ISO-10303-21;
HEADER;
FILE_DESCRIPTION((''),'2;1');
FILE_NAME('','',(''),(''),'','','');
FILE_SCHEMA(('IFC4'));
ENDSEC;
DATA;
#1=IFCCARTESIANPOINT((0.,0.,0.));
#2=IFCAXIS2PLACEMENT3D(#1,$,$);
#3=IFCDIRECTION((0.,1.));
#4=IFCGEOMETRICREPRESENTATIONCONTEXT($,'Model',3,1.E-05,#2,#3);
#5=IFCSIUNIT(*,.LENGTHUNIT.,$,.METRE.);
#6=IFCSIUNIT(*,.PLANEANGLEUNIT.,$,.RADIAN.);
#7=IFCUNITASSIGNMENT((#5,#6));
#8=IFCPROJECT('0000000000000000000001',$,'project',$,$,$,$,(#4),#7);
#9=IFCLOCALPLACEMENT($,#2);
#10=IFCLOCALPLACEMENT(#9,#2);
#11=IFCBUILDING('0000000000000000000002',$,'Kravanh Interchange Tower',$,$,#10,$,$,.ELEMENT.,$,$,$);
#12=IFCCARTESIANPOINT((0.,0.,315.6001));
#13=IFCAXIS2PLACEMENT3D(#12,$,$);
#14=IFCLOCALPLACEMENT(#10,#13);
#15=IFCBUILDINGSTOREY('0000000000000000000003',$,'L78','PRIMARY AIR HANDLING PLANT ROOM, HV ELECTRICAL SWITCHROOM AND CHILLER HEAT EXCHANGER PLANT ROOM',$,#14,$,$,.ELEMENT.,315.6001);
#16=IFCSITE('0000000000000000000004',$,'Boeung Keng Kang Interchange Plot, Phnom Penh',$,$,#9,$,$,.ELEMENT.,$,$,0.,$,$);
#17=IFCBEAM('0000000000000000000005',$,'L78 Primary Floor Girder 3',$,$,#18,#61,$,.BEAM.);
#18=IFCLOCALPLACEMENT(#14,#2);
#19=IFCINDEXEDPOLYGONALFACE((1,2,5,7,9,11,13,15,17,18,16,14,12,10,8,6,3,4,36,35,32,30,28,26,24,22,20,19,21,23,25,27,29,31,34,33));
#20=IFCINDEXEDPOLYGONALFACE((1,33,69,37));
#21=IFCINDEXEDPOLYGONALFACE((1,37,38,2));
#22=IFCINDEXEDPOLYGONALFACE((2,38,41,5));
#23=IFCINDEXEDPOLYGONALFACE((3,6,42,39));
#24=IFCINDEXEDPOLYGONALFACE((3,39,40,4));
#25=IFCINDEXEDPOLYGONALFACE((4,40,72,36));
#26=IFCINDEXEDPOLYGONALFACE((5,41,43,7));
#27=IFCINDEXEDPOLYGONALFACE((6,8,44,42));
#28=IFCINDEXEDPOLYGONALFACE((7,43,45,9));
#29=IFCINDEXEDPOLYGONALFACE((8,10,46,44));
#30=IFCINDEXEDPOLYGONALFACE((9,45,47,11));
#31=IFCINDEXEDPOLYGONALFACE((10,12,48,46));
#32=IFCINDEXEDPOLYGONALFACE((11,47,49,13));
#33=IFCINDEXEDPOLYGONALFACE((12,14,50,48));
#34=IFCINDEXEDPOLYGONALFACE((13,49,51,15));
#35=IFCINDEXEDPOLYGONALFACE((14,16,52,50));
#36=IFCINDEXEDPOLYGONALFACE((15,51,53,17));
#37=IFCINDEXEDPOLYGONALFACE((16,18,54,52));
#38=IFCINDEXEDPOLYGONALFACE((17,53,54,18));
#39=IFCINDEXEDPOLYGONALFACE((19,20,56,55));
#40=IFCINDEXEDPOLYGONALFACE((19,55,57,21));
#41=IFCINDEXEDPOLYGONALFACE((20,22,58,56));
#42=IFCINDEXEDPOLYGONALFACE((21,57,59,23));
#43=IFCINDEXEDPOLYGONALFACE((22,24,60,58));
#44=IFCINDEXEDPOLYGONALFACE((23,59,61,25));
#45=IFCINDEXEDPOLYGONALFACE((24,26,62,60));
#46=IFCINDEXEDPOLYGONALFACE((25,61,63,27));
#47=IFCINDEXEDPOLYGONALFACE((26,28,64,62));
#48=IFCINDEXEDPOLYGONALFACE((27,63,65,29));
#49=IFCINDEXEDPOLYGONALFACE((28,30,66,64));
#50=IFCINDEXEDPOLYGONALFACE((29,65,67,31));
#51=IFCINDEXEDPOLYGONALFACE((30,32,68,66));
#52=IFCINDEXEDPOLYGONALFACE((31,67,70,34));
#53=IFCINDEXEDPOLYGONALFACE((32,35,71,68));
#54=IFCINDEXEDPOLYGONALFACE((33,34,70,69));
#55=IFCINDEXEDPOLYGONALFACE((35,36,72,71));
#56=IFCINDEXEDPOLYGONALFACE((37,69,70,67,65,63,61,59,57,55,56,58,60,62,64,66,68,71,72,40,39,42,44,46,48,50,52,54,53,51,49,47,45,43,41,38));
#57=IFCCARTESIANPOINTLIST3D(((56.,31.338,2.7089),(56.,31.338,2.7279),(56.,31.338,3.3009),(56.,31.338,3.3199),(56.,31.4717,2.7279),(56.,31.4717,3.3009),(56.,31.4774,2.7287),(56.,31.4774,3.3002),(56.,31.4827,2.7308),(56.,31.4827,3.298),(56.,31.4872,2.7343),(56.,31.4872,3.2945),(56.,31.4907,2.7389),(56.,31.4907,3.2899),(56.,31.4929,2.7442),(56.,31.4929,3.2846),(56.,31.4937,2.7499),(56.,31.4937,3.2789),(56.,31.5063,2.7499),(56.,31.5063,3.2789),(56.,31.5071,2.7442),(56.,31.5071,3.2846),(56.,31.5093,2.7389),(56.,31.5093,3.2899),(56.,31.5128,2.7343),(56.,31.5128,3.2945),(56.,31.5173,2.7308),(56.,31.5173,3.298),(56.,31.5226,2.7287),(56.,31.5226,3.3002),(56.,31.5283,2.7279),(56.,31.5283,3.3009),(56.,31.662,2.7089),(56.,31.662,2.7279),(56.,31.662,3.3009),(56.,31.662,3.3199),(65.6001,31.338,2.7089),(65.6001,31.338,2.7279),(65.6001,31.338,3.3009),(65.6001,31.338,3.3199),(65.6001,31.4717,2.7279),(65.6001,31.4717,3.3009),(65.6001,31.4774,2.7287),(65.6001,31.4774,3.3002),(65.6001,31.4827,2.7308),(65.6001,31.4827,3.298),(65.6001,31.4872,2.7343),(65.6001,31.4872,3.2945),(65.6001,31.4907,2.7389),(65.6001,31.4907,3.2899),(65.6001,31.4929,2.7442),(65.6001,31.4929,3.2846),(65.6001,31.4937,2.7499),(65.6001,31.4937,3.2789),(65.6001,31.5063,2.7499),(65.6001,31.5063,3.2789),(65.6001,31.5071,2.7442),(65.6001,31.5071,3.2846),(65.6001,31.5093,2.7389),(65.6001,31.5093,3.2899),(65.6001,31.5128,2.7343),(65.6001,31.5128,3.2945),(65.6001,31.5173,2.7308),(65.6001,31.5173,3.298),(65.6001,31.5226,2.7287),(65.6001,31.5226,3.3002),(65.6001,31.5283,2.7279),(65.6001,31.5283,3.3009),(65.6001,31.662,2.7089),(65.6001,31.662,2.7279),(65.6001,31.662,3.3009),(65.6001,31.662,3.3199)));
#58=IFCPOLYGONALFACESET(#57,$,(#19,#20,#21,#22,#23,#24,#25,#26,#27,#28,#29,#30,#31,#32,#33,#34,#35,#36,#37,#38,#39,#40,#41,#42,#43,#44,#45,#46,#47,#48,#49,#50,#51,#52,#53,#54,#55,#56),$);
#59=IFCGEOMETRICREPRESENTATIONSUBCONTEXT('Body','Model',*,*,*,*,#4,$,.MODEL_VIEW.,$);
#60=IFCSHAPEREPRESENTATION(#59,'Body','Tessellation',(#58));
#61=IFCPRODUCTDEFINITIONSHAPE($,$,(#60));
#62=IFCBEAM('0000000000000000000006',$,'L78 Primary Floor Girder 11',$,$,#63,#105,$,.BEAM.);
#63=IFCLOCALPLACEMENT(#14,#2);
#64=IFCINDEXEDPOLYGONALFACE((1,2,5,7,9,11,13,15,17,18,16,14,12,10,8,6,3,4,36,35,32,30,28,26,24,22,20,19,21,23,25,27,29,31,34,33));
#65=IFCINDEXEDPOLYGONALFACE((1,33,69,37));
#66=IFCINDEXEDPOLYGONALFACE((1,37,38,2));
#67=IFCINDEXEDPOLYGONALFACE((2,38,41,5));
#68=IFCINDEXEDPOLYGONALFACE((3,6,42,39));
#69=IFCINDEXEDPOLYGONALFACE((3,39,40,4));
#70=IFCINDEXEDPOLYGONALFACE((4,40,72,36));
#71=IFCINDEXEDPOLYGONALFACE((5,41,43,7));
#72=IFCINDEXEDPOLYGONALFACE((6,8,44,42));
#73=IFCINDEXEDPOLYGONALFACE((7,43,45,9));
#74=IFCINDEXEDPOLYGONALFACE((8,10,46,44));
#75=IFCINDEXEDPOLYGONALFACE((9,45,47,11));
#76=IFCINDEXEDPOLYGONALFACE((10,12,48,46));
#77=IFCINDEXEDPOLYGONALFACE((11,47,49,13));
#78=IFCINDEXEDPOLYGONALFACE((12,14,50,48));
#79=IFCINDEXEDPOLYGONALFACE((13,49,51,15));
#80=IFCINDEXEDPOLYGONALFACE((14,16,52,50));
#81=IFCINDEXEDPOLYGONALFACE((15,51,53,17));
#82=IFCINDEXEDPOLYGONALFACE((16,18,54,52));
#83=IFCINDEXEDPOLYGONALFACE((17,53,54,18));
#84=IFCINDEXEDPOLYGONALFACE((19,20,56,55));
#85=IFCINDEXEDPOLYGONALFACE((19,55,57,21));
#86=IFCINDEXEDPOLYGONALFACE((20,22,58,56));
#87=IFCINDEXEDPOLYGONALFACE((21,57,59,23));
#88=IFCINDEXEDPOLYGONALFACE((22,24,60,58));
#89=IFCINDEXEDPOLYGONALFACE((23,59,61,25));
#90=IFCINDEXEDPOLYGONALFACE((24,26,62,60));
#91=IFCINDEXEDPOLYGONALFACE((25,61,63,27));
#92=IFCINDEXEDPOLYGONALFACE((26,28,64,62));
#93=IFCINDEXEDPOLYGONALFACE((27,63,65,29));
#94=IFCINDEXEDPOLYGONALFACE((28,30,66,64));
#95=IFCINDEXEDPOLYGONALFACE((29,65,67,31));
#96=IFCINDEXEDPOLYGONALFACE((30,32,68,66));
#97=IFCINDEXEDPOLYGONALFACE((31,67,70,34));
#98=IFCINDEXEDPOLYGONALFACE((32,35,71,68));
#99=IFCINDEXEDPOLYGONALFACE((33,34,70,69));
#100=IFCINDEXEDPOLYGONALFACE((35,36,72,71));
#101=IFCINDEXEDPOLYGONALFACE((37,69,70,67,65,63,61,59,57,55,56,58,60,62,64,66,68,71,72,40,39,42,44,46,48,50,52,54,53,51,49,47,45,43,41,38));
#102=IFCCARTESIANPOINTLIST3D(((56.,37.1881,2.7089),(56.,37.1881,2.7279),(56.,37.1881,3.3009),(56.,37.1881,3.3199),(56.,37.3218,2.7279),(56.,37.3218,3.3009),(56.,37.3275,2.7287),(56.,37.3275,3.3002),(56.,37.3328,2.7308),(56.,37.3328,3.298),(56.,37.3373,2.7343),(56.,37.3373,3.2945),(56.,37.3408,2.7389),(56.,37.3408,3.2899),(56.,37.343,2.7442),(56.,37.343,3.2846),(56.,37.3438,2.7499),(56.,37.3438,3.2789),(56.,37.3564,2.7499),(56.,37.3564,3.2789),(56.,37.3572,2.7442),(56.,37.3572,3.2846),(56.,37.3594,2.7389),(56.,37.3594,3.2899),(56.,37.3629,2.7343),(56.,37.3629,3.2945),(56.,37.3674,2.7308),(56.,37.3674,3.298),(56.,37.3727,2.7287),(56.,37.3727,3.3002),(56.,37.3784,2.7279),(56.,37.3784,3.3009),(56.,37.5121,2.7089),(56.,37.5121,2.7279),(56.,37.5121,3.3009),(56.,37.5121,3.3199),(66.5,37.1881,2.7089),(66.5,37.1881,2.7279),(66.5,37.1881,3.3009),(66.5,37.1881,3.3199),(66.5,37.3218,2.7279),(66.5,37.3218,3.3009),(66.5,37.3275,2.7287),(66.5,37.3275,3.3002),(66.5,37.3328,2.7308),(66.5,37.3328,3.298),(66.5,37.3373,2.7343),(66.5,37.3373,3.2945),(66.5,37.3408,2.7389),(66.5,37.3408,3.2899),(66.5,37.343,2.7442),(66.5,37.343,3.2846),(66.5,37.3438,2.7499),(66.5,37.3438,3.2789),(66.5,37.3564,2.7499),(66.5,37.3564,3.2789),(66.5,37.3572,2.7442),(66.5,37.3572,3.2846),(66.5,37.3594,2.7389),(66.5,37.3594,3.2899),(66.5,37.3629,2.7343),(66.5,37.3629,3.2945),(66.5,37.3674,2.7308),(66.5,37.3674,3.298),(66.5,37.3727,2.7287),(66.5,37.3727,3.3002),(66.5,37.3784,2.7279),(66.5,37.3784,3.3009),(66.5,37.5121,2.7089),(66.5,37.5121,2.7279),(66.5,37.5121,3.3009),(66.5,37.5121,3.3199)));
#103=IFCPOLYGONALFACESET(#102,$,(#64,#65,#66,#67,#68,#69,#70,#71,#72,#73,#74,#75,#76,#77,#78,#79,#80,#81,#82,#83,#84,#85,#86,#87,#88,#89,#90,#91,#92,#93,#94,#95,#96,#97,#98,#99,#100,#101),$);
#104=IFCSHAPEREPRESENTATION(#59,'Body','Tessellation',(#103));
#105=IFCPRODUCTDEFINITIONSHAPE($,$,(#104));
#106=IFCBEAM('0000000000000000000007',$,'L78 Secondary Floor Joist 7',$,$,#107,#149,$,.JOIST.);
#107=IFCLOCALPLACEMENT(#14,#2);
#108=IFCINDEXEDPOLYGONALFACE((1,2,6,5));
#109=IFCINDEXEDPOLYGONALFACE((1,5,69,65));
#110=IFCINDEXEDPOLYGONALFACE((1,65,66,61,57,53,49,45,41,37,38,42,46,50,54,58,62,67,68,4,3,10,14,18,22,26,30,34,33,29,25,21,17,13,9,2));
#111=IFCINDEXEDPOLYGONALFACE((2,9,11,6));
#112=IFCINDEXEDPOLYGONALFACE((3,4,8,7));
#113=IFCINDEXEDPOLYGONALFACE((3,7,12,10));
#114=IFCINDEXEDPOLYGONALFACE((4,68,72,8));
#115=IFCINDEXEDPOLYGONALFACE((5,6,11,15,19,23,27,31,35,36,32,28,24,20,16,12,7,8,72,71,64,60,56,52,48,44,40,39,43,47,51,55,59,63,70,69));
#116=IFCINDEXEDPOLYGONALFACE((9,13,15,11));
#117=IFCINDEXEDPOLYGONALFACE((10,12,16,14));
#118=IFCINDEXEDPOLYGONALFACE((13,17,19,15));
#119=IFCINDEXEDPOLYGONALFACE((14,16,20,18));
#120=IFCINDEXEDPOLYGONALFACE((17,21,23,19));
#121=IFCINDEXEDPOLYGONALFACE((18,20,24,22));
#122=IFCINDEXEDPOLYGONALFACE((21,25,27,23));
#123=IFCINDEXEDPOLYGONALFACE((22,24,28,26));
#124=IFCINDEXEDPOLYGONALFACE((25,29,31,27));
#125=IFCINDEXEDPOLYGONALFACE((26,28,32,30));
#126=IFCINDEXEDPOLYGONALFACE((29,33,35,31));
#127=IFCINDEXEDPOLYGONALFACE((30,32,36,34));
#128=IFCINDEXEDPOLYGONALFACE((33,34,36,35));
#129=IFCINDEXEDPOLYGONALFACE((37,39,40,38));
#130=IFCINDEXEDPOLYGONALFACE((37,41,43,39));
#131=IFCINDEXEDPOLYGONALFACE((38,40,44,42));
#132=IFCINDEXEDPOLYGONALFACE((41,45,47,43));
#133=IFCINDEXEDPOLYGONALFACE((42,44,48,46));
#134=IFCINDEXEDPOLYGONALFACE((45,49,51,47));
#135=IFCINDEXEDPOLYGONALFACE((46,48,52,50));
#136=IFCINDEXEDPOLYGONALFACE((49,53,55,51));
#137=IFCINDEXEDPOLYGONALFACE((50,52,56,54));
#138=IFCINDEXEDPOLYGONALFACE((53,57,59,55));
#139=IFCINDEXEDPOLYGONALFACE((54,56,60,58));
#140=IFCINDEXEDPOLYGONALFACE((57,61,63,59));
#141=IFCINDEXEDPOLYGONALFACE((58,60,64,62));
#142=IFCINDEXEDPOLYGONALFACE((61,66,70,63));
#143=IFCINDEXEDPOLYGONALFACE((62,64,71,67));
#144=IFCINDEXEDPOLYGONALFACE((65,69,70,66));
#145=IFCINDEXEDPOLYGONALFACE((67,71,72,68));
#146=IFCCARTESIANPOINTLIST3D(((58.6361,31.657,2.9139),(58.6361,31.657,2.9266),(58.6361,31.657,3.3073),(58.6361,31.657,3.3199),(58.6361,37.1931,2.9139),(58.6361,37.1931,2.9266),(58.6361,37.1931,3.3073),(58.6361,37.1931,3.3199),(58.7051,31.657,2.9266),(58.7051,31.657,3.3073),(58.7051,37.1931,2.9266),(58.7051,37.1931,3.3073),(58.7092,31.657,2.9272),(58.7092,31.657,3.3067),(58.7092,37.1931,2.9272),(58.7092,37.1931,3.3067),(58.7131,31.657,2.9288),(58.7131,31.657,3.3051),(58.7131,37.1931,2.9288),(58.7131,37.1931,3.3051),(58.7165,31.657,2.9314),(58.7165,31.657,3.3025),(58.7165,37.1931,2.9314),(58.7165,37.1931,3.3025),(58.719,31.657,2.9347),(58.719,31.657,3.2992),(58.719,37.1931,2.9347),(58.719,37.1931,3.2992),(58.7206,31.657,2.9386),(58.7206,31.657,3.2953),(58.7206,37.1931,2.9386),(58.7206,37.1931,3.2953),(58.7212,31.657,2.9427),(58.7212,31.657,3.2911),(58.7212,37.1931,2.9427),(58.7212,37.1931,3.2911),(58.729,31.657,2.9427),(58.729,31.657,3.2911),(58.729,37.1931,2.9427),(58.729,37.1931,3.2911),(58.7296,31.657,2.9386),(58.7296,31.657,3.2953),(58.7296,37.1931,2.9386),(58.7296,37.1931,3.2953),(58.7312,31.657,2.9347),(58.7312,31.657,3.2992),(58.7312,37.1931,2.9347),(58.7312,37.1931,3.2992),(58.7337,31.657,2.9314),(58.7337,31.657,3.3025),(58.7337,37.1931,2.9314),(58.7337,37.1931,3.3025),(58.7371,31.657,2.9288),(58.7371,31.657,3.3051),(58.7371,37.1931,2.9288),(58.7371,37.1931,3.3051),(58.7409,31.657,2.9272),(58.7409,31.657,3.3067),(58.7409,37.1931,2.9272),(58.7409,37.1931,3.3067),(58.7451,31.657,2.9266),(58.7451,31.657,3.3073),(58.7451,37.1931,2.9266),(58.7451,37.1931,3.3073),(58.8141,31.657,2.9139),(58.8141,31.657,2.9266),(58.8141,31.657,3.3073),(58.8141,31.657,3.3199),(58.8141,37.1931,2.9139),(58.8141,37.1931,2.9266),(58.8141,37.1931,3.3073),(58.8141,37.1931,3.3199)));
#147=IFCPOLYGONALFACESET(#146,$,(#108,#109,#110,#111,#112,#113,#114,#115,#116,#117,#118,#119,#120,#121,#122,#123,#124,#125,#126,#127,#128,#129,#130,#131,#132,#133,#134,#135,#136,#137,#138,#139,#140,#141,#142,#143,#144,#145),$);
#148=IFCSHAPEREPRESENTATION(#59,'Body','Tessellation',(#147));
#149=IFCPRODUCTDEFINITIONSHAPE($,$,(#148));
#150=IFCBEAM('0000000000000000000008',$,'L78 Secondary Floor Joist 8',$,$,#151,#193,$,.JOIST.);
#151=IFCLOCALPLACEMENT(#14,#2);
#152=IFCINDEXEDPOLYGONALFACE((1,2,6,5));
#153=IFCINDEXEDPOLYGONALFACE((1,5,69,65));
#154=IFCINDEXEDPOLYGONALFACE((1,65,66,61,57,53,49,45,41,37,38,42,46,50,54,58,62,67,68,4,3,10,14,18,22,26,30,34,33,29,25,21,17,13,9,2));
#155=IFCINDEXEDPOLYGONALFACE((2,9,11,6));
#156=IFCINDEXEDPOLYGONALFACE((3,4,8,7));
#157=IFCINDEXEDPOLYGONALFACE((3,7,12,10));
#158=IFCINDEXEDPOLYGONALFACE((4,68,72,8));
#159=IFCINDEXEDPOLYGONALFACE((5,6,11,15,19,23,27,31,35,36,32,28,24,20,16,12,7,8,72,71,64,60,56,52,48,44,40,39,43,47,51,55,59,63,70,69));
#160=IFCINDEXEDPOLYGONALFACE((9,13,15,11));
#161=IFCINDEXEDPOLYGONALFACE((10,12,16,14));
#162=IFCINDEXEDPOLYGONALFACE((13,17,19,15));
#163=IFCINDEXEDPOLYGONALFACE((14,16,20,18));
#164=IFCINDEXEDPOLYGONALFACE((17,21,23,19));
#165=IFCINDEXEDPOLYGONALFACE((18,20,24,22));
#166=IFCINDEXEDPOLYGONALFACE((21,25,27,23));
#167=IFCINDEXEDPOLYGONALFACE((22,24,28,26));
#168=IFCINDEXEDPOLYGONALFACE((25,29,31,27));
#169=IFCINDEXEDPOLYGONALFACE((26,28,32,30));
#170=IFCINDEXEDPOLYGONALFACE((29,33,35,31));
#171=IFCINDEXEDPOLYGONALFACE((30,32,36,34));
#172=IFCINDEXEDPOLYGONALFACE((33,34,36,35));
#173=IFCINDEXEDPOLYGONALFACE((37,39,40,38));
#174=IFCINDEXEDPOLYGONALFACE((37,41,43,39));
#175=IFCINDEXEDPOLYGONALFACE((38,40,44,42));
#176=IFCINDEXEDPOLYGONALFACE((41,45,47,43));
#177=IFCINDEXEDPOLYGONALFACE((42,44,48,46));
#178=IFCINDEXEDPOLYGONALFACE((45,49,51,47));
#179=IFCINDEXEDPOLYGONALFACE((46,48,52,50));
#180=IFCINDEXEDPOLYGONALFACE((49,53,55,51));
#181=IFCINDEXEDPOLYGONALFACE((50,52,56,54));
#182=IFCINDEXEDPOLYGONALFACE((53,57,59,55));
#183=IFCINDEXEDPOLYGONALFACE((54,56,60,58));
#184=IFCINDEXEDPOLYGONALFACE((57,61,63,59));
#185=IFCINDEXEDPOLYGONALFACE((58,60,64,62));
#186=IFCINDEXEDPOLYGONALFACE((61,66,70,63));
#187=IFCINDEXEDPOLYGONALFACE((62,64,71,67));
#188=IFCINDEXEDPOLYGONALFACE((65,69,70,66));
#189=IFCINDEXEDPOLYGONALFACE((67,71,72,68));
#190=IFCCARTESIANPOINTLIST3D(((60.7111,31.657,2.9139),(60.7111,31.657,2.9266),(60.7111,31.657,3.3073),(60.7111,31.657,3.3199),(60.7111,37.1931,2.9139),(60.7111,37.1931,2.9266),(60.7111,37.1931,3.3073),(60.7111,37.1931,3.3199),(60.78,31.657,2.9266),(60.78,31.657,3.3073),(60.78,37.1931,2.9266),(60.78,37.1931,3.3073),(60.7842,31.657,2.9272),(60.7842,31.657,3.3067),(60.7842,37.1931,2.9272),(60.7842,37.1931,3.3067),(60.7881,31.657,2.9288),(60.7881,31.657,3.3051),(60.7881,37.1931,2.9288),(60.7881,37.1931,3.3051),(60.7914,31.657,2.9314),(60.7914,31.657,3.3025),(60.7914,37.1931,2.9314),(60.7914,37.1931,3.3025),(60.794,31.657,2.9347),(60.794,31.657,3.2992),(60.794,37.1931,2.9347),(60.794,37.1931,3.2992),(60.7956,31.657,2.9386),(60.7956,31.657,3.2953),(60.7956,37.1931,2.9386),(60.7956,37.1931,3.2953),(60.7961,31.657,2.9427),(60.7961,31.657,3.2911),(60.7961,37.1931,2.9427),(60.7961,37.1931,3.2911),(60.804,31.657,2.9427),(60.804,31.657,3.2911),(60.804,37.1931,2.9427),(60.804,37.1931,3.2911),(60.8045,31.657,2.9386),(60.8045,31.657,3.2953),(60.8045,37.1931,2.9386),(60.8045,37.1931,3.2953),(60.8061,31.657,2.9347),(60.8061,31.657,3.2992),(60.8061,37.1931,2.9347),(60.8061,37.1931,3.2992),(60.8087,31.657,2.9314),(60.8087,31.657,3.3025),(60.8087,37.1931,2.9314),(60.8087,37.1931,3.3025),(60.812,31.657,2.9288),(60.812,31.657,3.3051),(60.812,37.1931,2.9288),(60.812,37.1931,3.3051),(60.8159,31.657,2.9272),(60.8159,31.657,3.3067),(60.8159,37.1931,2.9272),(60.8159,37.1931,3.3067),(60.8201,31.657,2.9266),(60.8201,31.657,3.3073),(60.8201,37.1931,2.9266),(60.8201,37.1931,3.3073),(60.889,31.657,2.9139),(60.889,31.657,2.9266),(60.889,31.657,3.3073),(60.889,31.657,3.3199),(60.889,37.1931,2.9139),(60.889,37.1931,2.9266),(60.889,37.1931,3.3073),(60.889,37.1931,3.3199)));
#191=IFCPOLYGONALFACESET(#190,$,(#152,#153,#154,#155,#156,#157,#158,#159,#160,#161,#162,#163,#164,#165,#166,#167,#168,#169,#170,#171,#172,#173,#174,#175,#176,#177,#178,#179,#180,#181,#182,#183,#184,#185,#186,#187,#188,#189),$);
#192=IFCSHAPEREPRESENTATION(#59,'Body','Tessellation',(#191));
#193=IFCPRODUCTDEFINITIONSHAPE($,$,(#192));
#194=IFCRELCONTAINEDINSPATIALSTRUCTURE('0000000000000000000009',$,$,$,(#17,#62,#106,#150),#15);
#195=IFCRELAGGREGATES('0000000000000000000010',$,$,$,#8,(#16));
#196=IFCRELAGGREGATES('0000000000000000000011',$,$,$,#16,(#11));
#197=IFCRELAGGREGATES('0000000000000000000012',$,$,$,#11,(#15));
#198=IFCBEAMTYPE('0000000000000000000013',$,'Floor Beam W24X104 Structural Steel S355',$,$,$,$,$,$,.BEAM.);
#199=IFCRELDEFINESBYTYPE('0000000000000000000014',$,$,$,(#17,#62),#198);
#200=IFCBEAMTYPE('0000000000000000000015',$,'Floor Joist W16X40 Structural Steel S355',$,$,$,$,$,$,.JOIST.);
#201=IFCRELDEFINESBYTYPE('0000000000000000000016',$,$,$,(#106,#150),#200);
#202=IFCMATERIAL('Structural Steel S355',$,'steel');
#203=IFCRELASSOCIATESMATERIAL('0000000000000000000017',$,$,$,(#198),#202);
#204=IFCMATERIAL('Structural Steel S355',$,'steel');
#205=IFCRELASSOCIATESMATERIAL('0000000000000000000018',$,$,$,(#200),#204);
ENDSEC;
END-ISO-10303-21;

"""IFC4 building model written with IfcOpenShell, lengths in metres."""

from ifc_helpers import new_model, si_unit, direction, frame, origin, origin_2d, place, context, subcontext, project, spatial, i_section, extrude, material, material_profile, profile_set, type_object, element, save


model = new_model("IFC4")

# Units and contexts
model_context = context("Model", 3, precision=1e-05, world=origin(), true_north=direction((0.0, 1.0)))
body_context = subcontext(model_context, "Body", "Model", "MODEL_VIEW")
ifc_project = project(units=[si_unit("LENGTHUNIT", "METRE"), si_unit("PLANEANGLEUNIT", "RADIAN")], contexts=[model_context])

# Site, building, storey
site_placement = place(None, origin())
site = spatial("IfcSite", under=ifc_project, at=site_placement, Name="Boeung Keng Kang Interchange Plot, Phnom Penh", CompositionType="ELEMENT", RefElevation=0.0)
building_placement = place(site_placement, origin())
building = spatial("IfcBuilding", under=site, at=building_placement, Name="Kravanh Interchange Tower", CompositionType="ELEMENT")
storey_placement = place(building_placement, frame((0.0, 0.0, 315.6001)))
storey = spatial("IfcBuildingStorey", under=building, at=storey_placement, Name="L78", Description="PRIMARY AIR HANDLING PLANT ROOM, HV ELECTRICAL SWITCHROOM AND CHILLER HEAT EXCHANGER PLANT ROOM", CompositionType="ELEMENT", Elevation=315.6001)

# Beams
ifc_material_1 = material(Name="Structural Steel S355", Category="steel")
ifc_material_profile_1 = material_profile(ifc_material_1, i_section(OverallWidth=0.324, OverallDepth=0.6111, WebThickness=0.0127, FlangeThickness=0.019, FilletRadius=0.022, at=origin_2d()), Name="W24X104")
ifc_profile_set_1 = profile_set([ifc_material_profile_1], Name="Structural Steel S355")
beam_type_1 = type_object("IfcBeamType", Name="Floor Beam W24X104 Structural Steel S355", PredefinedType="BEAM", material=ifc_profile_set_1)
beam_1_placement = place(storey_placement, frame((56.0, 31.5, 3.0144), z_axis=(1.0, 0.0, 0.0), x_axis=(0.0, 1.0, 0.0)))
element("IfcBeam", 1, at=beam_1_placement, inside=storey, type_object=beam_type_1, Name="L78 Primary Floor Girder 3", PredefinedType="BEAM", context=body_context, shape_type="SweptSolid", body=[
    extrude(i_section(OverallWidth=0.324, OverallDepth=0.6111, WebThickness=0.0127, FlangeThickness=0.019, FilletRadius=0.022, at=origin_2d()), origin(), (0.0, 0.0, 1.0), 9.6001),
])
beam_2_placement = place(storey_placement, frame((66.5, 37.3501, 3.0144), z_axis=(-1.0, 0.0, 0.0), x_axis=(0.0, -1.0, 0.0)))
element("IfcBeam", 2, at=beam_2_placement, inside=storey, type_object=beam_type_1, Name="L78 Primary Floor Girder 11", PredefinedType="BEAM", context=body_context, shape_type="SweptSolid", body=[
    extrude(i_section(OverallWidth=0.324, OverallDepth=0.6111, WebThickness=0.0127, FlangeThickness=0.019, FilletRadius=0.022, at=origin_2d()), origin(), (0.0, 0.0, 1.0), 10.5),
])
ifc_material_2 = material(Name="Structural Steel S355", Category="steel")
ifc_material_profile_2 = material_profile(ifc_material_2, i_section(OverallWidth=0.178, OverallDepth=0.406, WebThickness=0.0078, FlangeThickness=0.0127, FilletRadius=0.0161, at=origin_2d()), Name="W16X40")
ifc_profile_set_2 = profile_set([ifc_material_profile_2], Name="Structural Steel S355")
beam_type_2 = type_object("IfcBeamType", Name="Floor Joist W16X40 Structural Steel S355", PredefinedType="JOIST", material=ifc_profile_set_2)
for number, where, z_axis, x_axis, name in (
    (3, (58.7251, 31.657, 3.1169), (0.0, 1.0, 0.0), (-1.0, 0.0, 0.0), "L78 Secondary Floor Joist 7"),
    (4, (60.8, 31.657, 3.1169), (0.0, 1.0, 0.0), (-1.0, 0.0, 0.0), "L78 Secondary Floor Joist 8"),
):
    element("IfcBeam", number, at=place(storey_placement, frame(where, z_axis=z_axis, x_axis=x_axis)), inside=storey, type_object=beam_type_2, Name=name, PredefinedType="JOIST", context=body_context, shape_type="SweptSolid", body=[
        extrude(i_section(OverallWidth=0.178, OverallDepth=0.406, WebThickness=0.0078, FlangeThickness=0.0127, FilletRadius=0.0161, at=origin_2d()), origin(), (0.0, 0.0, 1.0), 5.5361),
    ])

save(model, "model.ifc")
